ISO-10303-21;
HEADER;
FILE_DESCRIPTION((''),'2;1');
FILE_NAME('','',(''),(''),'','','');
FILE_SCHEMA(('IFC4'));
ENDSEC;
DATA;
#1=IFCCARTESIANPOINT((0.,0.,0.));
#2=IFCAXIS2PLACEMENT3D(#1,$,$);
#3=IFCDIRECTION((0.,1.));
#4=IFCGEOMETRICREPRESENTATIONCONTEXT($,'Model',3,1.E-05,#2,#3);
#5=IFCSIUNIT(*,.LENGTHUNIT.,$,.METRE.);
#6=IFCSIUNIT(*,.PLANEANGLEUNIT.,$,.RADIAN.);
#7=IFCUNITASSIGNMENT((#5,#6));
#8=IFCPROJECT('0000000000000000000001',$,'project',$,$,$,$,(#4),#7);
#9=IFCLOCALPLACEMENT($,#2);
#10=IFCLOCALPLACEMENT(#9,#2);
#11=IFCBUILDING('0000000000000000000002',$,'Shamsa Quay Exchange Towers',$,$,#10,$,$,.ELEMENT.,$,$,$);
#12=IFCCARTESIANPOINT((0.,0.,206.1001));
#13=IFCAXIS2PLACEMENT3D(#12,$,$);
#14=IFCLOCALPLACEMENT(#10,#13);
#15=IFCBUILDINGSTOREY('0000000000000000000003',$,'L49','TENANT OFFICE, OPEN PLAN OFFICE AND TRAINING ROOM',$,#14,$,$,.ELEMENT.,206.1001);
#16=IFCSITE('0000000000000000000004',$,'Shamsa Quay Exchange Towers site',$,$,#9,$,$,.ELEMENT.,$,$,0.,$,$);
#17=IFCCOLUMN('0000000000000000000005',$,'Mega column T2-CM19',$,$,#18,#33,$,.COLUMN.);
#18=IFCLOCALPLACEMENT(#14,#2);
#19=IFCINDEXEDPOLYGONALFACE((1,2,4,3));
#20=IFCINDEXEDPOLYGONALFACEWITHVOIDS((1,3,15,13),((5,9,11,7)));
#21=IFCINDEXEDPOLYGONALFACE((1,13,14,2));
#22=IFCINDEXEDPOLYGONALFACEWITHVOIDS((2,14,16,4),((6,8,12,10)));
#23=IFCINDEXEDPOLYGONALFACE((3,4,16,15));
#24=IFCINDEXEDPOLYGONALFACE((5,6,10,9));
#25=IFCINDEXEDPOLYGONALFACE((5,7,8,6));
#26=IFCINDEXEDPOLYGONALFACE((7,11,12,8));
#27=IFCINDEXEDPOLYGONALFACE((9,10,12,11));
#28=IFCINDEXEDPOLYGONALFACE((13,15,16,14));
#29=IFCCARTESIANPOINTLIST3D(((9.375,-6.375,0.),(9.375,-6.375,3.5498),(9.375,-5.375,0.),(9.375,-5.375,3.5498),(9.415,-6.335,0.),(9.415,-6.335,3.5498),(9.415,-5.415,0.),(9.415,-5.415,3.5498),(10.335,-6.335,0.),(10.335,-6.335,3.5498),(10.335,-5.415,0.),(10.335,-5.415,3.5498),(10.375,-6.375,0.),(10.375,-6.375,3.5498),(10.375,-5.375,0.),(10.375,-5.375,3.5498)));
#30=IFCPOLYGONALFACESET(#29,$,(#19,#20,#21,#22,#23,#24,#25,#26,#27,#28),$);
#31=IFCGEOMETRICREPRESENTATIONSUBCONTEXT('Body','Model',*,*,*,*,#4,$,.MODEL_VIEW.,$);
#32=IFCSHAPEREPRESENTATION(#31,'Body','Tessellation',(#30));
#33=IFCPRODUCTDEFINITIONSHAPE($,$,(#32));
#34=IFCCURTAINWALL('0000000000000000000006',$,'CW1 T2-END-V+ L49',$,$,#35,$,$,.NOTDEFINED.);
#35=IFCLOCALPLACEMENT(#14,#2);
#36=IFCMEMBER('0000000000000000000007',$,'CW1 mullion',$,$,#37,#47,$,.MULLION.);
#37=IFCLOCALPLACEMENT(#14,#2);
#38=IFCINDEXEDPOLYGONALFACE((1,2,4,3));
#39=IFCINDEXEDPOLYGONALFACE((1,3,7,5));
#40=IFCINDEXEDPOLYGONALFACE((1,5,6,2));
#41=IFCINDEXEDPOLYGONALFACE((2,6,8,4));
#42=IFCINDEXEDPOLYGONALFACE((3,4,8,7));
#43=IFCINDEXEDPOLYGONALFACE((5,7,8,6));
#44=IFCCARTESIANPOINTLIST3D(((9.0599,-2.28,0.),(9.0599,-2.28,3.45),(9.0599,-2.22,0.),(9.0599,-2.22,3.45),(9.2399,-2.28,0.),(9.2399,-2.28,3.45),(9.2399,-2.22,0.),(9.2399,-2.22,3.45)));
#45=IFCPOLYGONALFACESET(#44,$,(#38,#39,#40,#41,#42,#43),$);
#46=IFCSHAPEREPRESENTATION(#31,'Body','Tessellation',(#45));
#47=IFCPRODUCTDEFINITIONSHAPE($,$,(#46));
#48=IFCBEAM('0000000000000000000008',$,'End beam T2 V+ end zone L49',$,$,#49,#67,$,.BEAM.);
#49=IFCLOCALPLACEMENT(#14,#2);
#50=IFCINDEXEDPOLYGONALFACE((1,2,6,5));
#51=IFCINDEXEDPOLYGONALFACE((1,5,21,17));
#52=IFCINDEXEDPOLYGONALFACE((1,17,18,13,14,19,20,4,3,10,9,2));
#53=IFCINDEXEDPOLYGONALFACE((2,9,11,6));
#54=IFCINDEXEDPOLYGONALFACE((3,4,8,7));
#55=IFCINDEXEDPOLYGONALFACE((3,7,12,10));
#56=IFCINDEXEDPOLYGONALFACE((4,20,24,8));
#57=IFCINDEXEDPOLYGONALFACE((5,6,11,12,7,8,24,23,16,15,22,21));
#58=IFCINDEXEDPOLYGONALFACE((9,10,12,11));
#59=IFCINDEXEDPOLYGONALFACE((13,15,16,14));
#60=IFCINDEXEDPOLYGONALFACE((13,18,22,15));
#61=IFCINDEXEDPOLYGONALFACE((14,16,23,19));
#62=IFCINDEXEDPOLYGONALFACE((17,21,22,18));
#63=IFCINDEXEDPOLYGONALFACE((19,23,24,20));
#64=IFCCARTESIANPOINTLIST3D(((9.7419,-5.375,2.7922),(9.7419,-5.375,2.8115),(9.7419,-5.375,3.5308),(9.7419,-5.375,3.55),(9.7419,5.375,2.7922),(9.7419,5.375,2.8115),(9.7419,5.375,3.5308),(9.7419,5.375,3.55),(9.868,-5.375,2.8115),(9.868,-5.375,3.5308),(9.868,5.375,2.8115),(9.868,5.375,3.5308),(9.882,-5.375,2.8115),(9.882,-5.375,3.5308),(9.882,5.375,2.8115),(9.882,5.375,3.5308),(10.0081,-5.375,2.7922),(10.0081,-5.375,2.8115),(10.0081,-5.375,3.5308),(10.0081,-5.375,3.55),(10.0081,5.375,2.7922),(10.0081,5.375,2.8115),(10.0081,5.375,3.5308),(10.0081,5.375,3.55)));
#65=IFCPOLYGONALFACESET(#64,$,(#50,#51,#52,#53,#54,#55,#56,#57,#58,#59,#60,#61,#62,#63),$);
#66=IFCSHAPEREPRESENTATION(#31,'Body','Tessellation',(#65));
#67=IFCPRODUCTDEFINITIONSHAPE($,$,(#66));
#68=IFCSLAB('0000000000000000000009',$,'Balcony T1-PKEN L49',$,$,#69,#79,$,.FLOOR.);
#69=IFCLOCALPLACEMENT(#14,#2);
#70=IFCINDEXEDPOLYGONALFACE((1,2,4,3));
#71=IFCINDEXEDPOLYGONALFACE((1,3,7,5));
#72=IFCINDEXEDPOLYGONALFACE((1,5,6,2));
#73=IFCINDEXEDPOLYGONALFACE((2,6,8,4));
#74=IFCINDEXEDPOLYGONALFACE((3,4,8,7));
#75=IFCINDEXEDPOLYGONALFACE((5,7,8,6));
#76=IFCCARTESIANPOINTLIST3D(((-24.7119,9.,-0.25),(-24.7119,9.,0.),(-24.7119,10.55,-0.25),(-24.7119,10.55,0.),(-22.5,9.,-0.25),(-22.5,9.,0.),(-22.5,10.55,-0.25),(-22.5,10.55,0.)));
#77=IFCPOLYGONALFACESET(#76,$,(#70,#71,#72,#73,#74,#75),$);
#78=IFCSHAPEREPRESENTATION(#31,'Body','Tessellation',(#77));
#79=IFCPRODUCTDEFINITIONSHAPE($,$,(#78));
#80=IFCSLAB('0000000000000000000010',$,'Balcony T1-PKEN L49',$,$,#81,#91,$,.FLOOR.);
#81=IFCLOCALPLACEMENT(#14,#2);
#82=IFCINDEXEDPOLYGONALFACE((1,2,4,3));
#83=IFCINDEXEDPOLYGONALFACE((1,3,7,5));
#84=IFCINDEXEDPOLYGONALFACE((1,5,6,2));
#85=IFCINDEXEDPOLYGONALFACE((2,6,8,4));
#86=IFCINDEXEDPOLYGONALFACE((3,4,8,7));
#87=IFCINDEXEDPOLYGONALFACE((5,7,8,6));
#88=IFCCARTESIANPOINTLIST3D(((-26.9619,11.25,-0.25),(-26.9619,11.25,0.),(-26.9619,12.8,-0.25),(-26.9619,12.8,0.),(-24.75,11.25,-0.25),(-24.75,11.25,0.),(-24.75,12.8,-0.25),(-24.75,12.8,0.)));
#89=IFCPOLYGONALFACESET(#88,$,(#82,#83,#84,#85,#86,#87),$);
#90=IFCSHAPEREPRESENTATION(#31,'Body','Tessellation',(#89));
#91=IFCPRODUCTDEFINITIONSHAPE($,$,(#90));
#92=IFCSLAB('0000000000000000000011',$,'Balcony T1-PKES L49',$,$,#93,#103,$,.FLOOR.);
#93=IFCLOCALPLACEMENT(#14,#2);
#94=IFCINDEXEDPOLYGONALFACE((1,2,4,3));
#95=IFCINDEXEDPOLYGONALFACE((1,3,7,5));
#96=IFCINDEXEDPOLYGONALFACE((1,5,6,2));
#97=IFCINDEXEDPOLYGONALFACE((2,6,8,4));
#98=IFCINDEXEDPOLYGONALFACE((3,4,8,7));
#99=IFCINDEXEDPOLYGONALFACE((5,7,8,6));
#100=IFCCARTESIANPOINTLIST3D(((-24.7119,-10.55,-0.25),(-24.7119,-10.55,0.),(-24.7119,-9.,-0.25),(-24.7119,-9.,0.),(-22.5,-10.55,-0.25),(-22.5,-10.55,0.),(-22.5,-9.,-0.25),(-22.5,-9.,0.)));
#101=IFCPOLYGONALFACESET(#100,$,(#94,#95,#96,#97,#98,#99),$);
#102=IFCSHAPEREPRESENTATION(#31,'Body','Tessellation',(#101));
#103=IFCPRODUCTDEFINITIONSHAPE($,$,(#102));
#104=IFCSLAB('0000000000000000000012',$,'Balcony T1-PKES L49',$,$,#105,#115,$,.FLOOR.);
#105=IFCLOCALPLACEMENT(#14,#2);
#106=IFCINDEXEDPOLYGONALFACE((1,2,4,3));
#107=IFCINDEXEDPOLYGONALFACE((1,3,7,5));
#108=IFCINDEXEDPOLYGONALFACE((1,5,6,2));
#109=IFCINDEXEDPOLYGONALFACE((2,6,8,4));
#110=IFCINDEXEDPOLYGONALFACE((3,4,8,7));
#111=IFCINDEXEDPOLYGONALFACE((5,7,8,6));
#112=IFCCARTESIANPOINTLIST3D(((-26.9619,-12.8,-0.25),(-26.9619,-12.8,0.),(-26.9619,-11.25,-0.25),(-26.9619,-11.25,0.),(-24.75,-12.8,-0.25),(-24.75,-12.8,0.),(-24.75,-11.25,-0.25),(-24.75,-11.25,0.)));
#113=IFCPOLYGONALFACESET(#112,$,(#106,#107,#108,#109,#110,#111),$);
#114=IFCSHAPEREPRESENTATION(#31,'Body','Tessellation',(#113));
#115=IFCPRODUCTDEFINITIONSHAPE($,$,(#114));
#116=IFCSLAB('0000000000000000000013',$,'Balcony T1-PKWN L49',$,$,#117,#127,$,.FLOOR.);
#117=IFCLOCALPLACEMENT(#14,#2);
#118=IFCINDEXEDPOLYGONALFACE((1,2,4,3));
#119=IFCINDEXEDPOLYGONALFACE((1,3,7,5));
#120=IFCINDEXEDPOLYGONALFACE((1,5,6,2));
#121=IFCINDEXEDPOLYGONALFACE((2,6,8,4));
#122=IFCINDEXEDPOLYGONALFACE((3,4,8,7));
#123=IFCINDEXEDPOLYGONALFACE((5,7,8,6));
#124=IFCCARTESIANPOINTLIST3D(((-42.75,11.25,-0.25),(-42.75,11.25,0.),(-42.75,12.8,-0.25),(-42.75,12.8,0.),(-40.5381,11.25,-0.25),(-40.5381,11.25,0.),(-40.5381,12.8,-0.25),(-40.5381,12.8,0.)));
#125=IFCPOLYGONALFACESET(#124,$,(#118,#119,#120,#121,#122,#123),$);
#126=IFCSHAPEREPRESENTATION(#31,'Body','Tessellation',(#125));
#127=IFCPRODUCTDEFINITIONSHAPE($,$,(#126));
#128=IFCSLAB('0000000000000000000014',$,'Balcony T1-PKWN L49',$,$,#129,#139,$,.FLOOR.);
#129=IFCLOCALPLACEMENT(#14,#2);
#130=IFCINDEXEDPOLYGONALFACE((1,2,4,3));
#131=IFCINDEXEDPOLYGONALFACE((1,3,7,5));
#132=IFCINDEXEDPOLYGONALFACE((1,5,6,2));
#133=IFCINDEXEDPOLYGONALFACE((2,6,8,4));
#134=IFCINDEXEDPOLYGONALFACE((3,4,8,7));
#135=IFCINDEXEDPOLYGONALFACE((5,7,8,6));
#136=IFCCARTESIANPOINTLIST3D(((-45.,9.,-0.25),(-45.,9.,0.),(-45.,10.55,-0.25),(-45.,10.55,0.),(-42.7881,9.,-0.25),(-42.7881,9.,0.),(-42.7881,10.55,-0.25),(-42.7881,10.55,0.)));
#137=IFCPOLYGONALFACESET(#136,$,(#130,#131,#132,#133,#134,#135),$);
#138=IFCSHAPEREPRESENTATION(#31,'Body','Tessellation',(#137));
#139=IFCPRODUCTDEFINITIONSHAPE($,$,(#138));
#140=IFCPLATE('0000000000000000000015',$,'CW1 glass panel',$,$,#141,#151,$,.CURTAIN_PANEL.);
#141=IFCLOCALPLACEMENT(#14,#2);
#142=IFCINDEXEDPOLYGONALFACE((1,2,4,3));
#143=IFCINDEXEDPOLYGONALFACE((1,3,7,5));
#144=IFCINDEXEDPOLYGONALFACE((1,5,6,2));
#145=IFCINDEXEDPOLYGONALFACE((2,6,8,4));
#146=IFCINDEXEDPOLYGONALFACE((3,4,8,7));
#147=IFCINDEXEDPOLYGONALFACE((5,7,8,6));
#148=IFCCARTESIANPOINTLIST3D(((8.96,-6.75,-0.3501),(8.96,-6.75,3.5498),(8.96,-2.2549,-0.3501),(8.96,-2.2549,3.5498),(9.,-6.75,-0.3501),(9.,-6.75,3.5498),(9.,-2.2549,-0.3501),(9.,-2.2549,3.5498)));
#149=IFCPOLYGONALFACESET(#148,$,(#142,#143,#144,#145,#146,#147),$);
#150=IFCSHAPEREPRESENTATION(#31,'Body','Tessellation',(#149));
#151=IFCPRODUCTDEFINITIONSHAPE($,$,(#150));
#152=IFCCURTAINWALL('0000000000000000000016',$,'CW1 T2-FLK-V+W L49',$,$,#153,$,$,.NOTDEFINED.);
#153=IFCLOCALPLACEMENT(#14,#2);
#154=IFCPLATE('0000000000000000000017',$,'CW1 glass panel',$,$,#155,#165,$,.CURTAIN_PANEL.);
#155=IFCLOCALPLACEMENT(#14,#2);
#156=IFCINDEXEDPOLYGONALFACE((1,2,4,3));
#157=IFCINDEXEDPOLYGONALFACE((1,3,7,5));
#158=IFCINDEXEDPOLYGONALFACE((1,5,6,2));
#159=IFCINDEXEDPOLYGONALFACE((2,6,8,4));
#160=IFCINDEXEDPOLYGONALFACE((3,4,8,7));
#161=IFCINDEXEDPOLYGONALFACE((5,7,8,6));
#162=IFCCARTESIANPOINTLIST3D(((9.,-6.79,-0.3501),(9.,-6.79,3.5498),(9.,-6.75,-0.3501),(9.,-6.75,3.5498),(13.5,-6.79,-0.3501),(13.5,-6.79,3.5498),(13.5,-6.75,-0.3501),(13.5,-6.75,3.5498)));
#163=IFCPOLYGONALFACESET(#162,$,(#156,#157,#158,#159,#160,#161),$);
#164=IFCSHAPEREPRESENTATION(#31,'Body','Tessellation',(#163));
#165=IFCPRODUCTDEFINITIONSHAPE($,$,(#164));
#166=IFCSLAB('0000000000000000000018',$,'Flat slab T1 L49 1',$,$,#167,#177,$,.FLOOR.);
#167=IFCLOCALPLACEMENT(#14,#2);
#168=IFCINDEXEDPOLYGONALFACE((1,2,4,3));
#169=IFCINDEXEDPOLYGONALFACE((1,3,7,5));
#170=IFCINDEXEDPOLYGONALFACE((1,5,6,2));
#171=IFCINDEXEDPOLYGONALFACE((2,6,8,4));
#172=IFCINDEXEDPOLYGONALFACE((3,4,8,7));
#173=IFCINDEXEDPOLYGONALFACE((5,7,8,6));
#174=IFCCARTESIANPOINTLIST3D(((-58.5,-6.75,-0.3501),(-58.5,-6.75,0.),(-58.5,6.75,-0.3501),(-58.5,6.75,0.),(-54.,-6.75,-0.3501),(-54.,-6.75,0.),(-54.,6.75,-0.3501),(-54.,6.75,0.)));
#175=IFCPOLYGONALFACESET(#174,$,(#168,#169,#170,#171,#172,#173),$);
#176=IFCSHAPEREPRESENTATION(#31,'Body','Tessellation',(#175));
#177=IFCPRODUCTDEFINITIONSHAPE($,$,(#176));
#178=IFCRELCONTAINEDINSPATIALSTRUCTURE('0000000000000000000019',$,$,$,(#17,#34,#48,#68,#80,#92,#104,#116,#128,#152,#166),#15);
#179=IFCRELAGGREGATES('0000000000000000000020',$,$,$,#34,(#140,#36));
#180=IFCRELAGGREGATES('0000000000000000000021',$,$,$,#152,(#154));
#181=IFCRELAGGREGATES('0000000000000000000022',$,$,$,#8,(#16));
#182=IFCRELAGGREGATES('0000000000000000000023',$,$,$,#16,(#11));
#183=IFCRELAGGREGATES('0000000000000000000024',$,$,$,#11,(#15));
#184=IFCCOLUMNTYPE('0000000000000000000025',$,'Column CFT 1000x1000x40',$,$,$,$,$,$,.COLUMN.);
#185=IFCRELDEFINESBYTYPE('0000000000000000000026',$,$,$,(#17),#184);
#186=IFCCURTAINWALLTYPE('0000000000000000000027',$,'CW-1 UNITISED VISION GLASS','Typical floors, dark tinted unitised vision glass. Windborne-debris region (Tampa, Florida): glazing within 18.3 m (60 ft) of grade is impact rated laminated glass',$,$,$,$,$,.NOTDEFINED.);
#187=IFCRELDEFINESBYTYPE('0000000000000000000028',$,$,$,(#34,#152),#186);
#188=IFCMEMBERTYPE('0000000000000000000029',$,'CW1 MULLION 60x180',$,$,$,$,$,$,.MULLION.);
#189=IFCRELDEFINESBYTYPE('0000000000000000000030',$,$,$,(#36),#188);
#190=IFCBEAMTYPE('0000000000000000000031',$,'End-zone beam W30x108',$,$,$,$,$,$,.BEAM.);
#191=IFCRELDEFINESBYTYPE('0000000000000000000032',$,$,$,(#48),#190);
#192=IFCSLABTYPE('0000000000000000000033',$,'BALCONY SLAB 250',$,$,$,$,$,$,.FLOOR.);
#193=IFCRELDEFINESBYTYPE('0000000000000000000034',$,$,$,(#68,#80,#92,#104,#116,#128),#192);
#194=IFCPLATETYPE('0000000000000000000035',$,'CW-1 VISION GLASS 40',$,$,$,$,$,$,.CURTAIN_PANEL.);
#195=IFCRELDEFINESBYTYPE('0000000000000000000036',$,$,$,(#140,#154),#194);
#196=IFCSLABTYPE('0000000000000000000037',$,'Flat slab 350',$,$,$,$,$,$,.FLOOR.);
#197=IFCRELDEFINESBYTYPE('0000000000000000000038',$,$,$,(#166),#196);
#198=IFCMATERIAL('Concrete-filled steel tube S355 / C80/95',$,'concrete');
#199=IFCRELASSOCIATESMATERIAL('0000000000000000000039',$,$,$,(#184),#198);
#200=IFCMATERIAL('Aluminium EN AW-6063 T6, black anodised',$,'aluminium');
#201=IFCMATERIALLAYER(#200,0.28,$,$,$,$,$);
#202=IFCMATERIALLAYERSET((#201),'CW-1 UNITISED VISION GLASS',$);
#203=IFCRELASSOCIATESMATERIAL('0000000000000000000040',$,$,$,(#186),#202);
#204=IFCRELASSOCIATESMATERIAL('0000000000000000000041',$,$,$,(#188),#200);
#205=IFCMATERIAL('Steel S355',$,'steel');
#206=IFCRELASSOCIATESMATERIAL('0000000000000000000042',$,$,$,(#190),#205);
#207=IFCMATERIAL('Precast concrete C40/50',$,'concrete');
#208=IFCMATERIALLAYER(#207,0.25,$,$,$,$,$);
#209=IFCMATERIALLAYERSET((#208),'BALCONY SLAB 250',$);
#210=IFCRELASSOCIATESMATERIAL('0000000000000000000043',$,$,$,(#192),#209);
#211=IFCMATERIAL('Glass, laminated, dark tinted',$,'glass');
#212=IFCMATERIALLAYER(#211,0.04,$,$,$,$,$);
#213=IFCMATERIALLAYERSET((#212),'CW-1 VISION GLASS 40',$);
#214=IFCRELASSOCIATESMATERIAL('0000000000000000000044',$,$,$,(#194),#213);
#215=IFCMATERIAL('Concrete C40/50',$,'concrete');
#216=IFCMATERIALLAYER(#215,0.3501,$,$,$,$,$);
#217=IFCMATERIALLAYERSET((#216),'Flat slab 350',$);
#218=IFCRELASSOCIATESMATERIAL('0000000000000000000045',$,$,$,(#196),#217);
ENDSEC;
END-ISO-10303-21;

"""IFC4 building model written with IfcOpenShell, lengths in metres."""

from ifc_helpers import new_model, si_unit, direction, frame, origin, origin_2d, place, context, subcontext, project, spatial, polyline, rectangle, hollow_rectangle, i_section, outline, extrude, material, layer, layer_set, material_profile, profile_set, type_object, element, aggregate, save


model = new_model("IFC4")

# Units and contexts
model_context = context("Model", 3, precision=1e-05, world=origin(), true_north=direction((0.0, 1.0)))
body_context = subcontext(model_context, "Body", "Model", "MODEL_VIEW")
ifc_project = project(units=[si_unit("LENGTHUNIT", "METRE"), si_unit("PLANEANGLEUNIT", "RADIAN")], contexts=[model_context])

# Site, building, storey
site_placement = place(None, origin())
site = spatial("IfcSite", under=ifc_project, at=site_placement, Name="Shamsa Quay Exchange Towers site", CompositionType="ELEMENT", RefElevation=0.0)
building_placement = place(site_placement, origin())
building = spatial("IfcBuilding", under=site, at=building_placement, Name="Shamsa Quay Exchange Towers", CompositionType="ELEMENT")
storey_placement = place(building_placement, frame((0.0, 0.0, 206.1001)))
storey = spatial("IfcBuildingStorey", under=building, at=storey_placement, Name="L49", Description="TENANT OFFICE, OPEN PLAN OFFICE AND TRAINING ROOM", CompositionType="ELEMENT", Elevation=206.1001)

# Column
ifc_material_1 = material(Name="Concrete-filled steel tube S355 / C80/95", Category="concrete")
ifc_material_profile_1 = material_profile(ifc_material_1, hollow_rectangle(XDim=1.0, YDim=1.0, WallThickness=0.04, at=origin_2d()), Name="CFT 1000x1000x40")
ifc_profile_set_1 = profile_set([ifc_material_profile_1], Name="Concrete-filled steel tube S355 / C80/95")
column_type = type_object("IfcColumnType", Name="Column CFT 1000x1000x40", PredefinedType="COLUMN", material=ifc_profile_set_1)
column_placement = place(storey_placement, frame((9.875, -5.875, 0.0)))
element("IfcColumn", 1, at=column_placement, inside=storey, type_object=column_type, Name="Mega column T2-CM19", PredefinedType="COLUMN", context=body_context, shape_type="SweptSolid", body=[
    extrude(hollow_rectangle(XDim=1.0, YDim=1.0, WallThickness=0.04, at=origin_2d()), origin(), (0.0, 0.0, 1.0), 3.5498),
])

# Curtain wall, member
ifc_material_2 = material(Name="Aluminium EN AW-6063 T6, black anodised", Category="aluminium")
ifc_layer_1 = layer(ifc_material_2, 0.28)
ifc_layer_set_1 = layer_set([ifc_layer_1], Name="CW-1 UNITISED VISION GLASS")
curtain_wall_type = type_object("IfcCurtainWallType", Name="CW-1 UNITISED VISION GLASS", Description="Typical floors, dark tinted unitised vision glass. Windborne-debris region (Tampa, Florida): glazing within 18.3 m (60 ft) of grade is impact rated laminated glass", PredefinedType="NOTDEFINED", material=ifc_layer_set_1)
curtain_wall_1_placement = place(storey_placement, origin())
curtain_wall_1 = element("IfcCurtainWall", 2, at=curtain_wall_1_placement, inside=storey, type_object=curtain_wall_type, Name="CW1 T2-END-V+ L49", PredefinedType="NOTDEFINED")
ifc_material_profile_2 = material_profile(ifc_material_2, rectangle(XDim=0.1799, YDim=0.0601, at=origin_2d()), Name="MU60x180")
ifc_profile_set_2 = profile_set([ifc_material_profile_2], Name="Aluminium EN AW-6063 T6, black anodised")
member_type = type_object("IfcMemberType", Name="CW1 MULLION 60x180", PredefinedType="MULLION", material=ifc_profile_set_2)
member_placement = place(storey_placement, frame((9.1499, -2.25, 0.0)))
member = element("IfcMember", 3, at=member_placement, type_object=member_type, Name="CW1 mullion", PredefinedType="MULLION", context=body_context, shape_type="SweptSolid", body=[
    extrude(rectangle(XDim=0.1799, YDim=0.0601, at=origin_2d()), origin(), (0.0, 0.0, 1.0), 3.45),
])

# Beam
ifc_material_3 = material(Name="Steel S355", Category="steel")
ifc_material_profile_3 = material_profile(ifc_material_3, i_section(OverallWidth=0.2661, OverallDepth=0.7578, WebThickness=0.0139, FlangeThickness=0.0193, at=origin_2d()), Name="W30x108")
ifc_profile_set_3 = profile_set([ifc_material_profile_3], Name="Steel S355")
beam_type = type_object("IfcBeamType", Name="End-zone beam W30x108", PredefinedType="BEAM", material=ifc_profile_set_3)
beam_placement = place(storey_placement, frame((9.875, -5.375, 3.1711), z_axis=(0.0, 1.0, 0.0), x_axis=(-1.0, 0.0, 0.0)))
element("IfcBeam", 4, at=beam_placement, inside=storey, type_object=beam_type, Name="End beam T2 V+ end zone L49", PredefinedType="BEAM", context=body_context, shape_type="SweptSolid", body=[
    extrude(i_section(OverallWidth=0.2661, OverallDepth=0.7578, WebThickness=0.0139, FlangeThickness=0.0193, at=origin_2d()), origin(), (0.0, 0.0, 1.0), 10.75),
])

# Slabs
ifc_material_4 = material(Name="Precast concrete C40/50", Category="concrete")
ifc_layer_2 = layer(ifc_material_4, 0.25)
ifc_layer_set_2 = layer_set([ifc_layer_2], Name="BALCONY SLAB 250")
slab_type_1 = type_object("IfcSlabType", Name="BALCONY SLAB 250", PredefinedType="FLOOR", material=ifc_layer_set_2)
slab_1_placement = place(storey_placement, frame((0.0, 0.0, -0.25)))
element("IfcSlab", 5, at=slab_1_placement, inside=storey, type_object=slab_type_1, Name="Balcony T1-PKEN L49", PredefinedType="FLOOR", context=body_context, shape_type="SweptSolid", body=[
    extrude(outline(polyline([(-22.5, 9.0), (-24.7119, 9.0), (-24.7119, 10.55), (-22.5, 10.55), (-22.5, 9.0)])), origin(), (0.0, 0.0, 1.0), 0.25),
])
slab_2_placement = place(storey_placement, frame((0.0, 0.0, -0.25)))
element("IfcSlab", 6, at=slab_2_placement, inside=storey, type_object=slab_type_1, Name="Balcony T1-PKEN L49", PredefinedType="FLOOR", context=body_context, shape_type="SweptSolid", body=[
    extrude(outline(polyline([(-24.75, 11.25), (-26.9619, 11.25), (-26.9619, 12.8), (-24.75, 12.8), (-24.75, 11.25)])), origin(), (0.0, 0.0, 1.0), 0.25),
])
slab_3_placement = place(storey_placement, frame((0.0, 0.0, -0.25)))
element("IfcSlab", 7, at=slab_3_placement, inside=storey, type_object=slab_type_1, Name="Balcony T1-PKES L49", PredefinedType="FLOOR", context=body_context, shape_type="SweptSolid", body=[
    extrude(outline(polyline([(-24.7119, -9.0), (-22.5, -9.0), (-22.5, -10.55), (-24.7119, -10.55), (-24.7119, -9.0)])), origin(), (0.0, 0.0, 1.0), 0.25),
])
slab_4_placement = place(storey_placement, frame((0.0, 0.0, -0.25)))
element("IfcSlab", 8, at=slab_4_placement, inside=storey, type_object=slab_type_1, Name="Balcony T1-PKES L49", PredefinedType="FLOOR", context=body_context, shape_type="SweptSolid", body=[
    extrude(outline(polyline([(-26.9619, -11.25), (-24.75, -11.25), (-24.75, -12.8), (-26.9619, -12.8), (-26.9619, -11.25)])), origin(), (0.0, 0.0, 1.0), 0.25),
])
slab_5_placement = place(storey_placement, frame((0.0, 0.0, -0.25)))
element("IfcSlab", 9, at=slab_5_placement, inside=storey, type_object=slab_type_1, Name="Balcony T1-PKWN L49", PredefinedType="FLOOR", context=body_context, shape_type="SweptSolid", body=[
    extrude(outline(polyline([(-40.5381, 11.25), (-42.75, 11.25), (-42.75, 12.8), (-40.5381, 12.8), (-40.5381, 11.25)])), origin(), (0.0, 0.0, 1.0), 0.25),
])
slab_6_placement = place(storey_placement, frame((0.0, 0.0, -0.25)))
element("IfcSlab", 10, at=slab_6_placement, inside=storey, type_object=slab_type_1, Name="Balcony T1-PKWN L49", PredefinedType="FLOOR", context=body_context, shape_type="SweptSolid", body=[
    extrude(outline(polyline([(-42.7881, 9.0), (-45.0, 9.0), (-45.0, 10.55), (-42.7881, 10.55), (-42.7881, 9.0)])), origin(), (0.0, 0.0, 1.0), 0.25),
])

# Plate
ifc_material_5 = material(Name="Glass, laminated, dark tinted", Category="glass")
ifc_layer_3 = layer(ifc_material_5, 0.04)
ifc_layer_set_3 = layer_set([ifc_layer_3], Name="CW-1 VISION GLASS 40")
plate_type = type_object("IfcPlateType", Name="CW-1 VISION GLASS 40", PredefinedType="CURTAIN_PANEL", material=ifc_layer_set_3)
plate_1_placement = place(storey_placement, frame((8.98, -4.5024, -0.3501), z_axis=(0.0, 0.0, 1.0), x_axis=(0.0, -1.0, 0.0)))
plate_1 = element("IfcPlate", 11, at=plate_1_placement, type_object=plate_type, Name="CW1 glass panel", PredefinedType="CURTAIN_PANEL", context=body_context, shape_type="SweptSolid", body=[
    extrude(rectangle(XDim=4.4951, YDim=0.04, at=origin_2d()), origin(), (0.0, 0.0, 1.0), 3.8999),
])
aggregate(curtain_wall_1, [plate_1, member])

# Curtain wall, plate
curtain_wall_2_placement = place(storey_placement, origin())
curtain_wall_2 = element("IfcCurtainWall", 12, at=curtain_wall_2_placement, inside=storey, type_object=curtain_wall_type, Name="CW1 T2-FLK-V+W L49", PredefinedType="NOTDEFINED")
plate_2_placement = place(storey_placement, frame((11.25, -6.77, -0.3501)))
plate_2 = element("IfcPlate", 13, at=plate_2_placement, type_object=plate_type, Name="CW1 glass panel", PredefinedType="CURTAIN_PANEL", context=body_context, shape_type="SweptSolid", body=[
    extrude(rectangle(XDim=4.5, YDim=0.04, at=origin_2d()), origin(), (0.0, 0.0, 1.0), 3.8999),
])
aggregate(curtain_wall_2, [plate_2])

# Slab
ifc_material_6 = material(Name="Concrete C40/50", Category="concrete")
ifc_layer_4 = layer(ifc_material_6, 0.3501)
ifc_layer_set_4 = layer_set([ifc_layer_4], Name="Flat slab 350")
slab_type_2 = type_object("IfcSlabType", Name="Flat slab 350", PredefinedType="FLOOR", material=ifc_layer_set_4)
slab_7_placement = place(storey_placement, frame((0.0, 0.0, -0.3501)))
element("IfcSlab", 14, at=slab_7_placement, inside=storey, type_object=slab_type_2, Name="Flat slab T1 L49 1", PredefinedType="FLOOR", context=body_context, shape_type="SweptSolid", body=[
    extrude(outline(polyline([(-58.5, -6.75), (-54.0, -6.75), (-54.0, 6.75), (-58.5, 6.75), (-58.5, -6.75)])), origin(), (0.0, 0.0, 1.0), 0.3501),
])

save(model, "model.ifc")
